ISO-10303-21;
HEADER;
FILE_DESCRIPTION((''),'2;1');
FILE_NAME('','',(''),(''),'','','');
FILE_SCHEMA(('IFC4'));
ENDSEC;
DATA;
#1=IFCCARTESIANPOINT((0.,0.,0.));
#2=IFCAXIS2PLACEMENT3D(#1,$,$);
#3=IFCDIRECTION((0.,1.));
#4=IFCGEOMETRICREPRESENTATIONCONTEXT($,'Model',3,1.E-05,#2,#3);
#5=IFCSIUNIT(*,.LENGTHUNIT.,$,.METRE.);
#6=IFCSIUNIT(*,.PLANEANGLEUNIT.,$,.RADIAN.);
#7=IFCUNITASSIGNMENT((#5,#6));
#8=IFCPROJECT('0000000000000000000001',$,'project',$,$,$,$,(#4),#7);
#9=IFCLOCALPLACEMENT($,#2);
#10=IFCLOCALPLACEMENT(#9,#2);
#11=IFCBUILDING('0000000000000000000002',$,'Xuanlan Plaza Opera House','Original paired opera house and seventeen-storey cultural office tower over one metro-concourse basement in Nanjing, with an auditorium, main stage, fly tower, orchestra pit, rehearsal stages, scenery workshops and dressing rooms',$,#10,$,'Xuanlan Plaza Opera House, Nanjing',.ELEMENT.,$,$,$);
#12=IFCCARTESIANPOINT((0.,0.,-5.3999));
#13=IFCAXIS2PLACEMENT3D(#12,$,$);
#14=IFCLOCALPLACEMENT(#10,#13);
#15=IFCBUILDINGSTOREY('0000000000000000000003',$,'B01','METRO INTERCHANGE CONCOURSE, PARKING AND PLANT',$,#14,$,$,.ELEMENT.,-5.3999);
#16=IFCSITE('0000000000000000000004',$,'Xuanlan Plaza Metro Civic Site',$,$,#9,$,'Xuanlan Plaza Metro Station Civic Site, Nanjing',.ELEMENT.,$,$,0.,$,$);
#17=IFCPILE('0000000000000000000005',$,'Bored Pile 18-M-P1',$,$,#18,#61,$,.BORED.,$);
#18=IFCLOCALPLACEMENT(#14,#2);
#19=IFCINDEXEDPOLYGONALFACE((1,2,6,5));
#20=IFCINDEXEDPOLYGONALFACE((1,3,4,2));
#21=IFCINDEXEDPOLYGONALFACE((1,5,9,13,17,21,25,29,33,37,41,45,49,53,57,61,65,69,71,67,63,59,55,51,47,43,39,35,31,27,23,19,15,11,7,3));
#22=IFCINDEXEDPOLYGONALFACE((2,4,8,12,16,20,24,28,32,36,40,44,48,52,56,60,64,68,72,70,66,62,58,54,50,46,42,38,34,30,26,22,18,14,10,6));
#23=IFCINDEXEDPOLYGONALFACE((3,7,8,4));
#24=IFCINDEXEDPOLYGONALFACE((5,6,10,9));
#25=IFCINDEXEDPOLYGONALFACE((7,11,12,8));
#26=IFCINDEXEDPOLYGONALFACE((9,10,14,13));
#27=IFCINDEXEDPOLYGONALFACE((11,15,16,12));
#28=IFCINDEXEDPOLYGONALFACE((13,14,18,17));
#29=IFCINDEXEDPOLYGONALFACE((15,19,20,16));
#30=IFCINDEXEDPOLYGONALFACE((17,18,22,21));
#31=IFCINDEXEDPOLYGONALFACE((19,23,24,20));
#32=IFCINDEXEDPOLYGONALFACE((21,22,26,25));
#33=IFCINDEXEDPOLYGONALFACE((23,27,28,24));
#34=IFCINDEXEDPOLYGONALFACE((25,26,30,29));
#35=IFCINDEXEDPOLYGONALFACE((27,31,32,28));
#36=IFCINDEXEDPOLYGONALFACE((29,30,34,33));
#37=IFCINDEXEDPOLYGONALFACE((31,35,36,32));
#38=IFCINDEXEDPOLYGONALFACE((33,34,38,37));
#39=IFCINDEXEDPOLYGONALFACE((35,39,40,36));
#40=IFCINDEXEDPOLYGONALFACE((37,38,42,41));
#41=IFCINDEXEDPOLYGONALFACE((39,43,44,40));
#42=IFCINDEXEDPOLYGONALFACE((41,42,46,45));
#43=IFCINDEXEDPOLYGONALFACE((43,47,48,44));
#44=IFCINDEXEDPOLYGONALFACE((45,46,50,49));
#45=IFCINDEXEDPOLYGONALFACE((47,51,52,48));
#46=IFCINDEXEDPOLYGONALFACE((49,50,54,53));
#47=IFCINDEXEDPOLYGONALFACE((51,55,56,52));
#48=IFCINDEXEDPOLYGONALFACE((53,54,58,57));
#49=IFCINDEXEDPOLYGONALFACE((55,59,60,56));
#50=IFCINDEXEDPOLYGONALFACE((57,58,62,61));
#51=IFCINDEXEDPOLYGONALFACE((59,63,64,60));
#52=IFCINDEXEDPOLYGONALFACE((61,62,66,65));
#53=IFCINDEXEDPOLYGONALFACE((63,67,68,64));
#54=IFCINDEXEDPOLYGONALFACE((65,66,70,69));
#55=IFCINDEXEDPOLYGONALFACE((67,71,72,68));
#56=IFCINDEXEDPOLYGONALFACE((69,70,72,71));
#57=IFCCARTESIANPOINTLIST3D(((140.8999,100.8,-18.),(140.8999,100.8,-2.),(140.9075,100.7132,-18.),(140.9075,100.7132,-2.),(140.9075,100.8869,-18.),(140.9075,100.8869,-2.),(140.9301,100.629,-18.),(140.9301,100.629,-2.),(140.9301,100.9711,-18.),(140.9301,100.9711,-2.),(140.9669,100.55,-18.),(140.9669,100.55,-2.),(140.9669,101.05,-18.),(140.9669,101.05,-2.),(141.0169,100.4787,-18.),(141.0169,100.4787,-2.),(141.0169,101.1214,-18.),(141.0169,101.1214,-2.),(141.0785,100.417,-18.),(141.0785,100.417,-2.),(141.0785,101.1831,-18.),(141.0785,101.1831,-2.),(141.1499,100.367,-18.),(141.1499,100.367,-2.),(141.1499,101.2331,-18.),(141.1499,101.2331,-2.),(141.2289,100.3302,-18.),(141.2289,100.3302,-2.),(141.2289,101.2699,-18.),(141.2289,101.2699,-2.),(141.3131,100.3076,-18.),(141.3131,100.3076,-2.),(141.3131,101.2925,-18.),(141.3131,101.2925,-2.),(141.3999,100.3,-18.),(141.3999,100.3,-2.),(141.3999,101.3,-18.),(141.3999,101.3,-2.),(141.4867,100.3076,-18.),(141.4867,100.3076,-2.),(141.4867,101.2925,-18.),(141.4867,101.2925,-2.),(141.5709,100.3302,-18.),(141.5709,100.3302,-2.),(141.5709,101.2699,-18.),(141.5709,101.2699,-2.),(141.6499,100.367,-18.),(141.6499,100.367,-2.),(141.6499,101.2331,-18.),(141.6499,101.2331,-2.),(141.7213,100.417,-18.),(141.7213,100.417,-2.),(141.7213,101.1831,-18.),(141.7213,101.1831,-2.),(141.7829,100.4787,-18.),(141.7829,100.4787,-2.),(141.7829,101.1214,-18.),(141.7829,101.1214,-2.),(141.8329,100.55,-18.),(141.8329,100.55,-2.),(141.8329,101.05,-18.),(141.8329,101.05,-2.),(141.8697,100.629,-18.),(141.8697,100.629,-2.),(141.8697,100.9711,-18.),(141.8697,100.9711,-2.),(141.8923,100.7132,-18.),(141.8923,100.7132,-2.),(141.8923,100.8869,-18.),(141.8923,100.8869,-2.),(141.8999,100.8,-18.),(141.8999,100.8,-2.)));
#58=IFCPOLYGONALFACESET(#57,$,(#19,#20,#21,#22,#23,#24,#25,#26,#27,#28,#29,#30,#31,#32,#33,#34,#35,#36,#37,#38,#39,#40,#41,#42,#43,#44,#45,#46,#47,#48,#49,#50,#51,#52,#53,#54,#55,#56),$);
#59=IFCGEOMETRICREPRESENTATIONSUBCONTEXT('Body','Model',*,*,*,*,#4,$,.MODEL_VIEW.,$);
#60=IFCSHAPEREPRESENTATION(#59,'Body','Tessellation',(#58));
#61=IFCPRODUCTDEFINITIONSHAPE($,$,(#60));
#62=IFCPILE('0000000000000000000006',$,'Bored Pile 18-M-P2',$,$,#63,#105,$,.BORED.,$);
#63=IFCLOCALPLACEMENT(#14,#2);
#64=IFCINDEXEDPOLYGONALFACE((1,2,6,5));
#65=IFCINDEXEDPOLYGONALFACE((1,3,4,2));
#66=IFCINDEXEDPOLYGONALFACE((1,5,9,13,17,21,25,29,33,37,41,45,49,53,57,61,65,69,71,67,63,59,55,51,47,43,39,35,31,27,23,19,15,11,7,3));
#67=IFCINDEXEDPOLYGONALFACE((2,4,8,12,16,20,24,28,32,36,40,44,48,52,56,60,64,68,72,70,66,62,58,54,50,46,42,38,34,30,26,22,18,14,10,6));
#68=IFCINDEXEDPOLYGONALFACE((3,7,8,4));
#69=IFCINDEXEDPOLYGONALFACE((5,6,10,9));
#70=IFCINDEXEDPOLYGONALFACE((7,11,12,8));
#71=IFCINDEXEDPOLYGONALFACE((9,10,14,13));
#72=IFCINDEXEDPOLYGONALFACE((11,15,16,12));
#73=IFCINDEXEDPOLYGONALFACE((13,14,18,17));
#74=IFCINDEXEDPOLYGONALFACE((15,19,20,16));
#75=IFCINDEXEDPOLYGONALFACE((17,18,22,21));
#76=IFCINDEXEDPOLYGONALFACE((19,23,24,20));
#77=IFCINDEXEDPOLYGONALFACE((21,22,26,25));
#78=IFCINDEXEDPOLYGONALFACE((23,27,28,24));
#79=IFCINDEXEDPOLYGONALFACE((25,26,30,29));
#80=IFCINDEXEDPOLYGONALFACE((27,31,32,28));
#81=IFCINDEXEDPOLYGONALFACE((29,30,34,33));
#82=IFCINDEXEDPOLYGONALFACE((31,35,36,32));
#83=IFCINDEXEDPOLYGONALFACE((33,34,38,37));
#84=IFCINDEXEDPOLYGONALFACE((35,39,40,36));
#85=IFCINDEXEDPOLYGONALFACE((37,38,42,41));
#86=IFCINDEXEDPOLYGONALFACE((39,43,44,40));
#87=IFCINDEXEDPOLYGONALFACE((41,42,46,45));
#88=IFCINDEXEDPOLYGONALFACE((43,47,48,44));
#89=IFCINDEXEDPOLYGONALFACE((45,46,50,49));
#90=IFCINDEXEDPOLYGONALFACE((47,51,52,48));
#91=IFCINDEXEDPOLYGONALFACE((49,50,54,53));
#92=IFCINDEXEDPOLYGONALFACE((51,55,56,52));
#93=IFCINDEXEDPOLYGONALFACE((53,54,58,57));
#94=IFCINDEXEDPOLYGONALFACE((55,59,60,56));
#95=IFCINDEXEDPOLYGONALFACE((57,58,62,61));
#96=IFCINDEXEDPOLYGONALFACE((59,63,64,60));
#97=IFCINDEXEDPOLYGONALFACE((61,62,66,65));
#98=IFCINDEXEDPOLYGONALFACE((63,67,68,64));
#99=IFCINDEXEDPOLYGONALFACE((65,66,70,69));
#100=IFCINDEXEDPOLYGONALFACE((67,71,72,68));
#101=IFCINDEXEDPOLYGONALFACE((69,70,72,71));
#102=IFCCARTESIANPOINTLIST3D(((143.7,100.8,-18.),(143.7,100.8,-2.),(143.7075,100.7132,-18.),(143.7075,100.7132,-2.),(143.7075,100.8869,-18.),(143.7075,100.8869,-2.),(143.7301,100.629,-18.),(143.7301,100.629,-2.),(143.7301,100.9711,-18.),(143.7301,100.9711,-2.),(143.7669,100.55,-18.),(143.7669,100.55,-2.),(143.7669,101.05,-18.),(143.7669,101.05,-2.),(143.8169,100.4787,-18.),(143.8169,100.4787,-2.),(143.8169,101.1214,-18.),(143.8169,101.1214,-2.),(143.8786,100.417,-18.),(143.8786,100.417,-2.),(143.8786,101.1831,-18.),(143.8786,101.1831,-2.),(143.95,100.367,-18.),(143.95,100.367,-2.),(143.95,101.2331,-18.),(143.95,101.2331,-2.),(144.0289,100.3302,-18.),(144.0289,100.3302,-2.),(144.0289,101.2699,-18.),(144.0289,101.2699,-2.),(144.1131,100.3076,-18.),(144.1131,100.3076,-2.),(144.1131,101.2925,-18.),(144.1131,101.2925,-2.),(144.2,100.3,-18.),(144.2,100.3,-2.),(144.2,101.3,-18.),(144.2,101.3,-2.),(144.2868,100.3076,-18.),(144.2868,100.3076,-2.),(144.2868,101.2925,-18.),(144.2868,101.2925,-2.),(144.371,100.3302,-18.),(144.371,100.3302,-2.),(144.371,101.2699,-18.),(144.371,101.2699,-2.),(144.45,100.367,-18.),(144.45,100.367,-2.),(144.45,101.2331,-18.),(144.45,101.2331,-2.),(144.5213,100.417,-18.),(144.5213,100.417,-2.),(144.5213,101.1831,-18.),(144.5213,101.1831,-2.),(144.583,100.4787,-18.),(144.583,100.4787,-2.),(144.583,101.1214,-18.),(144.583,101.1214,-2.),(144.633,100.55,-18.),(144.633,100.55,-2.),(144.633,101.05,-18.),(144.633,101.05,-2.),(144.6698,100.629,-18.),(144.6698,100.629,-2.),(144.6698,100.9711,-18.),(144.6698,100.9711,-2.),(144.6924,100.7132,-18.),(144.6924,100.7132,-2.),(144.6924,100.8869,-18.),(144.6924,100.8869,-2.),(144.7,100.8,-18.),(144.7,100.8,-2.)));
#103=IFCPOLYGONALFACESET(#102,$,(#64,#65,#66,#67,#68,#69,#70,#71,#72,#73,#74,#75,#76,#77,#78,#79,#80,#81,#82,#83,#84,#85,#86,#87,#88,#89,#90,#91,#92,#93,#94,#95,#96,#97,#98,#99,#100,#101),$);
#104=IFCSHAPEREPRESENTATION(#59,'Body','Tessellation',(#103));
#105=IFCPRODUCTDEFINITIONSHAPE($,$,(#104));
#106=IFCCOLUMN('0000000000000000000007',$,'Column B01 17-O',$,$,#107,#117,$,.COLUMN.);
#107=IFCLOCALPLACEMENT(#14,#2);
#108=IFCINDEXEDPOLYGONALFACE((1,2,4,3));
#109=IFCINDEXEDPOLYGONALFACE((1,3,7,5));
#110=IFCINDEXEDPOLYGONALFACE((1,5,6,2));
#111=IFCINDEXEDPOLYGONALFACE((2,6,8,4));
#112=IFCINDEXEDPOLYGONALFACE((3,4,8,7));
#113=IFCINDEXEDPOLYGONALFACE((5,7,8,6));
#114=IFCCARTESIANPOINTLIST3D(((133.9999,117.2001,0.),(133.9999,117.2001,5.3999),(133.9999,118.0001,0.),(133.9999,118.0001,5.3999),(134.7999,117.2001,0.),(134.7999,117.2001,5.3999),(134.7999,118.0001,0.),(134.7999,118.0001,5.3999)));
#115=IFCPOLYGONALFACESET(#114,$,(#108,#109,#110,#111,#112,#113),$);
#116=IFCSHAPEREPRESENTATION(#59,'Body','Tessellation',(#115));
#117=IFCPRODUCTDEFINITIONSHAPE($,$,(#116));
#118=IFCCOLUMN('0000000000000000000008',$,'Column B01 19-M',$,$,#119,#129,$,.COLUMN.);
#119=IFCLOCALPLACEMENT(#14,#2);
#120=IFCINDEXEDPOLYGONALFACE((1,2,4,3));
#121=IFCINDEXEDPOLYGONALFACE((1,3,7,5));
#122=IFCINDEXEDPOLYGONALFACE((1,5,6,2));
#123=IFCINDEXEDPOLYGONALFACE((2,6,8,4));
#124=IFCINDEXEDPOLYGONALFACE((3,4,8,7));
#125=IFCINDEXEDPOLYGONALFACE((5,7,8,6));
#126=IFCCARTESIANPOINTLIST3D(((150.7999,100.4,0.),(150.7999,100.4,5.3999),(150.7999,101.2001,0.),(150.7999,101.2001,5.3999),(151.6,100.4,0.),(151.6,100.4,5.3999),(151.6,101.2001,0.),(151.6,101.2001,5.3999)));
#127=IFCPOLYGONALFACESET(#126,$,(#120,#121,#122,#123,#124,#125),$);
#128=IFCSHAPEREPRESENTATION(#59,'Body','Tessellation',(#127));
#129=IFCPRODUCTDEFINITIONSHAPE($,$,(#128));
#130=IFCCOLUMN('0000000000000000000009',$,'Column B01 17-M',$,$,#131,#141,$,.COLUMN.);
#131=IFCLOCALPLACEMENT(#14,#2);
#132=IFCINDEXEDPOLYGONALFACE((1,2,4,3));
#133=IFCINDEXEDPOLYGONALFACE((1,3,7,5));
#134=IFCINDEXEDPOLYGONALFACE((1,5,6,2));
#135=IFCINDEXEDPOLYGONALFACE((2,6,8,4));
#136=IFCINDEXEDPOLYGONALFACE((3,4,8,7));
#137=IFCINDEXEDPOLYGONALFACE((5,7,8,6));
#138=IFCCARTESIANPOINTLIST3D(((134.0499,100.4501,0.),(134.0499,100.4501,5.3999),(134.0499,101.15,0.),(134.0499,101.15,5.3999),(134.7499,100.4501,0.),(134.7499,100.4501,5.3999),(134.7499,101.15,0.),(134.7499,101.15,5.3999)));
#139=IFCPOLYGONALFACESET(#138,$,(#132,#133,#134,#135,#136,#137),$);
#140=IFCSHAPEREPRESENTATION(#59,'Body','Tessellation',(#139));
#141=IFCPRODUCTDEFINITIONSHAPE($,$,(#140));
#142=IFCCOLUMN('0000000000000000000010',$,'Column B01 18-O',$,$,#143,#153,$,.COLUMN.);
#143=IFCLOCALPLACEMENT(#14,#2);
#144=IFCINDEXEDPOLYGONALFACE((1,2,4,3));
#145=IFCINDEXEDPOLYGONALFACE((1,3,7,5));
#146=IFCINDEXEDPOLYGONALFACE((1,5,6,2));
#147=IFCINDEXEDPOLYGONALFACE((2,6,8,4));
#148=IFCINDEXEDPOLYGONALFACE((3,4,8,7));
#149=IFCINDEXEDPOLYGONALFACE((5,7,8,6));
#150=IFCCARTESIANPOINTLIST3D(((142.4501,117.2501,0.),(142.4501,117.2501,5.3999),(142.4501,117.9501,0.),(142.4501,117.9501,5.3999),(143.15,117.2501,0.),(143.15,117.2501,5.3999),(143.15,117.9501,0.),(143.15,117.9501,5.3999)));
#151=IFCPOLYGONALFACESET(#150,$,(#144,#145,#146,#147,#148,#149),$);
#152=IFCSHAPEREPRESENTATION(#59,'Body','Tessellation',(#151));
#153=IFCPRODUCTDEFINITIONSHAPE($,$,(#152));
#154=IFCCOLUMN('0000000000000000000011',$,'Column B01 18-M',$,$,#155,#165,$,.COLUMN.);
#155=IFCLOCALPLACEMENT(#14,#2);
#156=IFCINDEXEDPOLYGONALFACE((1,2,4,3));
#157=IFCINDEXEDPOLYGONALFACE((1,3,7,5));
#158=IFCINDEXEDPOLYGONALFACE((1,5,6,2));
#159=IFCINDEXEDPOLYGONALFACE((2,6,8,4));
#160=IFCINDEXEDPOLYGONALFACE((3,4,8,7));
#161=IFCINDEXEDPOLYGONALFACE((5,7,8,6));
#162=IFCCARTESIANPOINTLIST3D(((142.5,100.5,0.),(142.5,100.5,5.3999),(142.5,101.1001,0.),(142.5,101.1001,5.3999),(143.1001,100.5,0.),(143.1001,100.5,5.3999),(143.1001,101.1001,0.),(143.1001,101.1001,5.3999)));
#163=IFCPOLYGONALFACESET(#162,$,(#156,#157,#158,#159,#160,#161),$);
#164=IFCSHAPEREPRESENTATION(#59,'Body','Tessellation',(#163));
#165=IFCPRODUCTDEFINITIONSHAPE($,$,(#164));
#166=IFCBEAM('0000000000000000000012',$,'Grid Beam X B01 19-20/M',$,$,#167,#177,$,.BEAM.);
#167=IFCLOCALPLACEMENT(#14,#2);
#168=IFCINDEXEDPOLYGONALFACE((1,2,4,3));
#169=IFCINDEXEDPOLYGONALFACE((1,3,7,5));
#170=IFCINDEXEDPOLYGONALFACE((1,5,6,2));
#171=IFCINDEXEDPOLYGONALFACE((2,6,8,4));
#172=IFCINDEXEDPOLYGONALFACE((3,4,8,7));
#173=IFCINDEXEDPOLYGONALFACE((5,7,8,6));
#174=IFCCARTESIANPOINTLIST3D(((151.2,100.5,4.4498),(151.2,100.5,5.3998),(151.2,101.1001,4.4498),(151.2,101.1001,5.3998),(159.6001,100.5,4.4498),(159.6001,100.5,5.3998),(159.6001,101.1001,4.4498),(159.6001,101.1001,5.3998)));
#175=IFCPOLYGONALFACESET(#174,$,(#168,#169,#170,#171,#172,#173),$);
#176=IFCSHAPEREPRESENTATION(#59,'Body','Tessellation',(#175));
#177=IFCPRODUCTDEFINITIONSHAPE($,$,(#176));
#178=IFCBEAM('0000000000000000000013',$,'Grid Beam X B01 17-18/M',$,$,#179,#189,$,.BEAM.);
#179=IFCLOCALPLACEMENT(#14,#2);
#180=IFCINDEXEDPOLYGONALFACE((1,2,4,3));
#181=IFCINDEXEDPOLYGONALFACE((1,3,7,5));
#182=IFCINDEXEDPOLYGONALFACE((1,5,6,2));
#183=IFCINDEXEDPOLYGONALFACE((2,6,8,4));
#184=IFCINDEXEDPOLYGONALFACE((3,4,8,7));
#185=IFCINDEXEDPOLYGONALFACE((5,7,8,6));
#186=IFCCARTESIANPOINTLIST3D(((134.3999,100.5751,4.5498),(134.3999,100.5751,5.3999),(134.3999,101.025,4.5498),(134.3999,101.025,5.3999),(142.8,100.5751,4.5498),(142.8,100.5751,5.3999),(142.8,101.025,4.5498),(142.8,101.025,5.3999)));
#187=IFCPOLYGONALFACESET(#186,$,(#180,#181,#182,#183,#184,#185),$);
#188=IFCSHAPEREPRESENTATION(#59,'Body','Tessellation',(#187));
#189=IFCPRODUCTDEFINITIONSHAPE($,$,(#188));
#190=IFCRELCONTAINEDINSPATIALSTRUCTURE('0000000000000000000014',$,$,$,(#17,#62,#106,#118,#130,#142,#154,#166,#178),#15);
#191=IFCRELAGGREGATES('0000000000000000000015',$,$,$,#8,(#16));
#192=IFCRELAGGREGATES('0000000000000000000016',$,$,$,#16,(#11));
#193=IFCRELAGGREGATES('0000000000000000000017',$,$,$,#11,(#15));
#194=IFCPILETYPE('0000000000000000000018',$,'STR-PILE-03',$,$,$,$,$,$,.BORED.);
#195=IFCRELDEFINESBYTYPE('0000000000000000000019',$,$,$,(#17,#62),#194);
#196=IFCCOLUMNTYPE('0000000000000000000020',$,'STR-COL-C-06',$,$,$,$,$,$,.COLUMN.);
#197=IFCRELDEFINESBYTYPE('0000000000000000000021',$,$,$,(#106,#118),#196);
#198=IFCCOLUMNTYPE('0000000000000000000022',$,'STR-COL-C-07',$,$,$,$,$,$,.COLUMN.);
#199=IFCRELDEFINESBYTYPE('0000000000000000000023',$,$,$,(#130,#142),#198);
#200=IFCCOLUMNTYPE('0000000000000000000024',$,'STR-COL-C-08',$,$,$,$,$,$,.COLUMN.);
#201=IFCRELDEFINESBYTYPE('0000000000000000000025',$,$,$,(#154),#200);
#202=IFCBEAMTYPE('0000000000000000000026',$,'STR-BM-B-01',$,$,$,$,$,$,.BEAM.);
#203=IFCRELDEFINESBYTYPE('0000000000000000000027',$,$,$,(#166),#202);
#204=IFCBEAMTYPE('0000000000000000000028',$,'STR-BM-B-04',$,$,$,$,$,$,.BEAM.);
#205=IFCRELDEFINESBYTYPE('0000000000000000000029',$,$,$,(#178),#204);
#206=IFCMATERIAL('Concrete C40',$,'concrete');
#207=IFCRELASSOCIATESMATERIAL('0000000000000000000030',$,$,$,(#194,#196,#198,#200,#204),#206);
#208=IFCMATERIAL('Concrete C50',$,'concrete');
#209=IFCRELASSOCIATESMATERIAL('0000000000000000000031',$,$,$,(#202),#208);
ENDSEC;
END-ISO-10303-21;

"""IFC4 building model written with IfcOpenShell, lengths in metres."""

from ifc_helpers import new_model, si_unit, direction, frame, origin, origin_2d, place, context, subcontext, project, spatial, rectangle, circle, extrude, material, material_profile, profile_set, type_object, element, save


model = new_model("IFC4")

# Units and contexts
model_context = context("Model", 3, precision=1e-05, world=origin(), true_north=direction((0.0, 1.0)))
body_context = subcontext(model_context, "Body", "Model", "MODEL_VIEW")
ifc_project = project(units=[si_unit("LENGTHUNIT", "METRE"), si_unit("PLANEANGLEUNIT", "RADIAN")], contexts=[model_context])

# Site, building, storey
site_placement = place(None, origin())
site = spatial("IfcSite", under=ifc_project, at=site_placement, Name="Xuanlan Plaza Metro Civic Site", LongName="Xuanlan Plaza Metro Station Civic Site, Nanjing", CompositionType="ELEMENT", RefElevation=0.0)
building_placement = place(site_placement, origin())
building = spatial("IfcBuilding", under=site, at=building_placement, Name="Xuanlan Plaza Opera House", Description="Original paired opera house and seventeen-storey cultural office tower over one metro-concourse basement in Nanjing, with an auditorium, main stage, fly tower, orchestra pit, rehearsal stages, scenery workshops and dressing rooms", LongName="Xuanlan Plaza Opera House, Nanjing", CompositionType="ELEMENT")
storey_placement = place(building_placement, frame((0.0, 0.0, -5.3999)))
storey = spatial("IfcBuildingStorey", under=building, at=storey_placement, Name="B01", Description="METRO INTERCHANGE CONCOURSE, PARKING AND PLANT", CompositionType="ELEMENT", Elevation=-5.3999)

# Shared definitions
ifc_material_1 = material(Name="Concrete C50", Category="concrete")
ifc_material_2 = material(Name="Concrete C40", Category="concrete")

# Piles
ifc_material_profile_1 = material_profile(ifc_material_2, circle(Radius=0.5, at=origin_2d()), Name="PILE D1000")
ifc_profile_set_1 = profile_set([ifc_material_profile_1], Name="Concrete C40")
pile_type_1 = type_object("IfcPileType", Name="STR-PILE-03", PredefinedType="BORED", material=ifc_profile_set_1)
for number, where, z_axis, x_axis, name in (
    (1, (141.3999, 100.8, -2.0), (0.0, 0.0, -1.0), (1.0, 0.0, 0.0), "Bored Pile 18-M-P1"),
    (2, (144.2, 100.8, -2.0), (0.0, 0.0, -1.0), (1.0, 0.0, 0.0), "Bored Pile 18-M-P2"),
):
    element("IfcPile", number, at=place(storey_placement, frame(where, z_axis=z_axis, x_axis=x_axis)), inside=storey, type_object=pile_type_1, Name=name, PredefinedType="BORED", context=body_context, shape_type="SweptSolid", body=[
        extrude(circle(Radius=0.5, at=origin_2d()), origin(), (0.0, 0.0, 1.0), 16.0),
    ])

# Columns
ifc_material_profile_2 = material_profile(ifc_material_2, rectangle(XDim=0.8, YDim=0.8, at=origin_2d()), Name="RC-COL 800x800")
ifc_profile_set_2 = profile_set([ifc_material_profile_2], Name="Concrete C40")
column_type_1 = type_object("IfcColumnType", Name="STR-COL-C-06", PredefinedType="COLUMN", material=ifc_profile_set_2)
for number, where, z_axis, x_axis, name in (
    (3, (134.3999, 117.6001, 0.0), (0.0, 0.0, 1.0), (1.0, 0.0, 0.0), "Column B01 17-O"),
    (4, (151.2, 100.8, 0.0), (0.0, 0.0, 1.0), (1.0, 0.0, 0.0), "Column B01 19-M"),
):
    element("IfcColumn", number, at=place(storey_placement, frame(where, z_axis=z_axis, x_axis=x_axis)), inside=storey, type_object=column_type_1, Name=name, PredefinedType="COLUMN", context=body_context, shape_type="SweptSolid", body=[
        extrude(rectangle(XDim=0.8, YDim=0.8, at=origin_2d()), origin(), (0.0, 0.0, 1.0), 5.3999),
    ])
ifc_material_profile_3 = material_profile(ifc_material_2, rectangle(XDim=0.7, YDim=0.7, at=origin_2d()), Name="RC-COL 700x700")
ifc_profile_set_3 = profile_set([ifc_material_profile_3], Name="Concrete C40")
column_type_2 = type_object("IfcColumnType", Name="STR-COL-C-07", PredefinedType="COLUMN", material=ifc_profile_set_3)
for number, where, z_axis, x_axis, name in (
    (5, (134.3999, 100.8, 0.0), (0.0, 0.0, 1.0), (1.0, 0.0, 0.0), "Column B01 17-M"),
    (6, (142.8, 117.6001, 0.0), (0.0, 0.0, 1.0), (1.0, 0.0, 0.0), "Column B01 18-O"),
):
    element("IfcColumn", number, at=place(storey_placement, frame(where, z_axis=z_axis, x_axis=x_axis)), inside=storey, type_object=column_type_2, Name=name, PredefinedType="COLUMN", context=body_context, shape_type="SweptSolid", body=[
        extrude(rectangle(XDim=0.7, YDim=0.7, at=origin_2d()), origin(), (0.0, 0.0, 1.0), 5.3999),
    ])
ifc_material_profile_4 = material_profile(ifc_material_2, rectangle(XDim=0.6001, YDim=0.6001, at=origin_2d()), Name="RC-COL 600x600")
ifc_profile_set_4 = profile_set([ifc_material_profile_4], Name="Concrete C40")
column_type_3 = type_object("IfcColumnType", Name="STR-COL-C-08", PredefinedType="COLUMN", material=ifc_profile_set_4)
column_placement = place(storey_placement, frame((142.8, 100.8, 0.0), z_axis=(0.0, 0.0, 1.0), x_axis=(1.0, 0.0, 0.0)))
element("IfcColumn", 7, at=column_placement, inside=storey, type_object=column_type_3, Name="Column B01 18-M", PredefinedType="COLUMN", context=body_context, shape_type="SweptSolid", body=[
    extrude(rectangle(XDim=0.6001, YDim=0.6001, at=origin_2d()), origin(), (0.0, 0.0, 1.0), 5.3999),
])

# Beams
ifc_material_profile_5 = material_profile(ifc_material_1, rectangle(XDim=0.6001, YDim=0.95, at=origin_2d()), Name="RC-BM 600x950")
ifc_profile_set_5 = profile_set([ifc_material_profile_5], Name="Concrete C50")
beam_type_1 = type_object("IfcBeamType", Name="STR-BM-B-01", PredefinedType="BEAM", material=ifc_profile_set_5)
beam_1_placement = place(storey_placement, frame((151.2, 100.8, 4.9248), z_axis=(1.0, 0.0, 0.0), x_axis=(0.0, 1.0, 0.0)))
element("IfcBeam", 8, at=beam_1_placement, inside=storey, type_object=beam_type_1, Name="Grid Beam X B01 19-20/M", PredefinedType="BEAM", context=body_context, shape_type="SweptSolid", body=[
    extrude(rectangle(XDim=0.6001, YDim=0.95, at=origin_2d()), origin(), (0.0, 0.0, 1.0), 8.4001),
])
ifc_material_profile_6 = material_profile(ifc_material_2, rectangle(XDim=0.45, YDim=0.8501, at=origin_2d()), Name="RC-BM 450x850")
ifc_profile_set_6 = profile_set([ifc_material_profile_6], Name="Concrete C40")
beam_type_2 = type_object("IfcBeamType", Name="STR-BM-B-04", PredefinedType="BEAM", material=ifc_profile_set_6)
beam_2_placement = place(storey_placement, frame((134.3999, 100.8, 4.9749), z_axis=(1.0, 0.0, 0.0), x_axis=(0.0, 1.0, 0.0)))
element("IfcBeam", 9, at=beam_2_placement, inside=storey, type_object=beam_type_2, Name="Grid Beam X B01 17-18/M", PredefinedType="BEAM", context=body_context, shape_type="SweptSolid", body=[
    extrude(rectangle(XDim=0.45, YDim=0.8501, at=origin_2d()), origin(), (0.0, 0.0, 1.0), 8.4001),
])

save(model, "model.ifc")
